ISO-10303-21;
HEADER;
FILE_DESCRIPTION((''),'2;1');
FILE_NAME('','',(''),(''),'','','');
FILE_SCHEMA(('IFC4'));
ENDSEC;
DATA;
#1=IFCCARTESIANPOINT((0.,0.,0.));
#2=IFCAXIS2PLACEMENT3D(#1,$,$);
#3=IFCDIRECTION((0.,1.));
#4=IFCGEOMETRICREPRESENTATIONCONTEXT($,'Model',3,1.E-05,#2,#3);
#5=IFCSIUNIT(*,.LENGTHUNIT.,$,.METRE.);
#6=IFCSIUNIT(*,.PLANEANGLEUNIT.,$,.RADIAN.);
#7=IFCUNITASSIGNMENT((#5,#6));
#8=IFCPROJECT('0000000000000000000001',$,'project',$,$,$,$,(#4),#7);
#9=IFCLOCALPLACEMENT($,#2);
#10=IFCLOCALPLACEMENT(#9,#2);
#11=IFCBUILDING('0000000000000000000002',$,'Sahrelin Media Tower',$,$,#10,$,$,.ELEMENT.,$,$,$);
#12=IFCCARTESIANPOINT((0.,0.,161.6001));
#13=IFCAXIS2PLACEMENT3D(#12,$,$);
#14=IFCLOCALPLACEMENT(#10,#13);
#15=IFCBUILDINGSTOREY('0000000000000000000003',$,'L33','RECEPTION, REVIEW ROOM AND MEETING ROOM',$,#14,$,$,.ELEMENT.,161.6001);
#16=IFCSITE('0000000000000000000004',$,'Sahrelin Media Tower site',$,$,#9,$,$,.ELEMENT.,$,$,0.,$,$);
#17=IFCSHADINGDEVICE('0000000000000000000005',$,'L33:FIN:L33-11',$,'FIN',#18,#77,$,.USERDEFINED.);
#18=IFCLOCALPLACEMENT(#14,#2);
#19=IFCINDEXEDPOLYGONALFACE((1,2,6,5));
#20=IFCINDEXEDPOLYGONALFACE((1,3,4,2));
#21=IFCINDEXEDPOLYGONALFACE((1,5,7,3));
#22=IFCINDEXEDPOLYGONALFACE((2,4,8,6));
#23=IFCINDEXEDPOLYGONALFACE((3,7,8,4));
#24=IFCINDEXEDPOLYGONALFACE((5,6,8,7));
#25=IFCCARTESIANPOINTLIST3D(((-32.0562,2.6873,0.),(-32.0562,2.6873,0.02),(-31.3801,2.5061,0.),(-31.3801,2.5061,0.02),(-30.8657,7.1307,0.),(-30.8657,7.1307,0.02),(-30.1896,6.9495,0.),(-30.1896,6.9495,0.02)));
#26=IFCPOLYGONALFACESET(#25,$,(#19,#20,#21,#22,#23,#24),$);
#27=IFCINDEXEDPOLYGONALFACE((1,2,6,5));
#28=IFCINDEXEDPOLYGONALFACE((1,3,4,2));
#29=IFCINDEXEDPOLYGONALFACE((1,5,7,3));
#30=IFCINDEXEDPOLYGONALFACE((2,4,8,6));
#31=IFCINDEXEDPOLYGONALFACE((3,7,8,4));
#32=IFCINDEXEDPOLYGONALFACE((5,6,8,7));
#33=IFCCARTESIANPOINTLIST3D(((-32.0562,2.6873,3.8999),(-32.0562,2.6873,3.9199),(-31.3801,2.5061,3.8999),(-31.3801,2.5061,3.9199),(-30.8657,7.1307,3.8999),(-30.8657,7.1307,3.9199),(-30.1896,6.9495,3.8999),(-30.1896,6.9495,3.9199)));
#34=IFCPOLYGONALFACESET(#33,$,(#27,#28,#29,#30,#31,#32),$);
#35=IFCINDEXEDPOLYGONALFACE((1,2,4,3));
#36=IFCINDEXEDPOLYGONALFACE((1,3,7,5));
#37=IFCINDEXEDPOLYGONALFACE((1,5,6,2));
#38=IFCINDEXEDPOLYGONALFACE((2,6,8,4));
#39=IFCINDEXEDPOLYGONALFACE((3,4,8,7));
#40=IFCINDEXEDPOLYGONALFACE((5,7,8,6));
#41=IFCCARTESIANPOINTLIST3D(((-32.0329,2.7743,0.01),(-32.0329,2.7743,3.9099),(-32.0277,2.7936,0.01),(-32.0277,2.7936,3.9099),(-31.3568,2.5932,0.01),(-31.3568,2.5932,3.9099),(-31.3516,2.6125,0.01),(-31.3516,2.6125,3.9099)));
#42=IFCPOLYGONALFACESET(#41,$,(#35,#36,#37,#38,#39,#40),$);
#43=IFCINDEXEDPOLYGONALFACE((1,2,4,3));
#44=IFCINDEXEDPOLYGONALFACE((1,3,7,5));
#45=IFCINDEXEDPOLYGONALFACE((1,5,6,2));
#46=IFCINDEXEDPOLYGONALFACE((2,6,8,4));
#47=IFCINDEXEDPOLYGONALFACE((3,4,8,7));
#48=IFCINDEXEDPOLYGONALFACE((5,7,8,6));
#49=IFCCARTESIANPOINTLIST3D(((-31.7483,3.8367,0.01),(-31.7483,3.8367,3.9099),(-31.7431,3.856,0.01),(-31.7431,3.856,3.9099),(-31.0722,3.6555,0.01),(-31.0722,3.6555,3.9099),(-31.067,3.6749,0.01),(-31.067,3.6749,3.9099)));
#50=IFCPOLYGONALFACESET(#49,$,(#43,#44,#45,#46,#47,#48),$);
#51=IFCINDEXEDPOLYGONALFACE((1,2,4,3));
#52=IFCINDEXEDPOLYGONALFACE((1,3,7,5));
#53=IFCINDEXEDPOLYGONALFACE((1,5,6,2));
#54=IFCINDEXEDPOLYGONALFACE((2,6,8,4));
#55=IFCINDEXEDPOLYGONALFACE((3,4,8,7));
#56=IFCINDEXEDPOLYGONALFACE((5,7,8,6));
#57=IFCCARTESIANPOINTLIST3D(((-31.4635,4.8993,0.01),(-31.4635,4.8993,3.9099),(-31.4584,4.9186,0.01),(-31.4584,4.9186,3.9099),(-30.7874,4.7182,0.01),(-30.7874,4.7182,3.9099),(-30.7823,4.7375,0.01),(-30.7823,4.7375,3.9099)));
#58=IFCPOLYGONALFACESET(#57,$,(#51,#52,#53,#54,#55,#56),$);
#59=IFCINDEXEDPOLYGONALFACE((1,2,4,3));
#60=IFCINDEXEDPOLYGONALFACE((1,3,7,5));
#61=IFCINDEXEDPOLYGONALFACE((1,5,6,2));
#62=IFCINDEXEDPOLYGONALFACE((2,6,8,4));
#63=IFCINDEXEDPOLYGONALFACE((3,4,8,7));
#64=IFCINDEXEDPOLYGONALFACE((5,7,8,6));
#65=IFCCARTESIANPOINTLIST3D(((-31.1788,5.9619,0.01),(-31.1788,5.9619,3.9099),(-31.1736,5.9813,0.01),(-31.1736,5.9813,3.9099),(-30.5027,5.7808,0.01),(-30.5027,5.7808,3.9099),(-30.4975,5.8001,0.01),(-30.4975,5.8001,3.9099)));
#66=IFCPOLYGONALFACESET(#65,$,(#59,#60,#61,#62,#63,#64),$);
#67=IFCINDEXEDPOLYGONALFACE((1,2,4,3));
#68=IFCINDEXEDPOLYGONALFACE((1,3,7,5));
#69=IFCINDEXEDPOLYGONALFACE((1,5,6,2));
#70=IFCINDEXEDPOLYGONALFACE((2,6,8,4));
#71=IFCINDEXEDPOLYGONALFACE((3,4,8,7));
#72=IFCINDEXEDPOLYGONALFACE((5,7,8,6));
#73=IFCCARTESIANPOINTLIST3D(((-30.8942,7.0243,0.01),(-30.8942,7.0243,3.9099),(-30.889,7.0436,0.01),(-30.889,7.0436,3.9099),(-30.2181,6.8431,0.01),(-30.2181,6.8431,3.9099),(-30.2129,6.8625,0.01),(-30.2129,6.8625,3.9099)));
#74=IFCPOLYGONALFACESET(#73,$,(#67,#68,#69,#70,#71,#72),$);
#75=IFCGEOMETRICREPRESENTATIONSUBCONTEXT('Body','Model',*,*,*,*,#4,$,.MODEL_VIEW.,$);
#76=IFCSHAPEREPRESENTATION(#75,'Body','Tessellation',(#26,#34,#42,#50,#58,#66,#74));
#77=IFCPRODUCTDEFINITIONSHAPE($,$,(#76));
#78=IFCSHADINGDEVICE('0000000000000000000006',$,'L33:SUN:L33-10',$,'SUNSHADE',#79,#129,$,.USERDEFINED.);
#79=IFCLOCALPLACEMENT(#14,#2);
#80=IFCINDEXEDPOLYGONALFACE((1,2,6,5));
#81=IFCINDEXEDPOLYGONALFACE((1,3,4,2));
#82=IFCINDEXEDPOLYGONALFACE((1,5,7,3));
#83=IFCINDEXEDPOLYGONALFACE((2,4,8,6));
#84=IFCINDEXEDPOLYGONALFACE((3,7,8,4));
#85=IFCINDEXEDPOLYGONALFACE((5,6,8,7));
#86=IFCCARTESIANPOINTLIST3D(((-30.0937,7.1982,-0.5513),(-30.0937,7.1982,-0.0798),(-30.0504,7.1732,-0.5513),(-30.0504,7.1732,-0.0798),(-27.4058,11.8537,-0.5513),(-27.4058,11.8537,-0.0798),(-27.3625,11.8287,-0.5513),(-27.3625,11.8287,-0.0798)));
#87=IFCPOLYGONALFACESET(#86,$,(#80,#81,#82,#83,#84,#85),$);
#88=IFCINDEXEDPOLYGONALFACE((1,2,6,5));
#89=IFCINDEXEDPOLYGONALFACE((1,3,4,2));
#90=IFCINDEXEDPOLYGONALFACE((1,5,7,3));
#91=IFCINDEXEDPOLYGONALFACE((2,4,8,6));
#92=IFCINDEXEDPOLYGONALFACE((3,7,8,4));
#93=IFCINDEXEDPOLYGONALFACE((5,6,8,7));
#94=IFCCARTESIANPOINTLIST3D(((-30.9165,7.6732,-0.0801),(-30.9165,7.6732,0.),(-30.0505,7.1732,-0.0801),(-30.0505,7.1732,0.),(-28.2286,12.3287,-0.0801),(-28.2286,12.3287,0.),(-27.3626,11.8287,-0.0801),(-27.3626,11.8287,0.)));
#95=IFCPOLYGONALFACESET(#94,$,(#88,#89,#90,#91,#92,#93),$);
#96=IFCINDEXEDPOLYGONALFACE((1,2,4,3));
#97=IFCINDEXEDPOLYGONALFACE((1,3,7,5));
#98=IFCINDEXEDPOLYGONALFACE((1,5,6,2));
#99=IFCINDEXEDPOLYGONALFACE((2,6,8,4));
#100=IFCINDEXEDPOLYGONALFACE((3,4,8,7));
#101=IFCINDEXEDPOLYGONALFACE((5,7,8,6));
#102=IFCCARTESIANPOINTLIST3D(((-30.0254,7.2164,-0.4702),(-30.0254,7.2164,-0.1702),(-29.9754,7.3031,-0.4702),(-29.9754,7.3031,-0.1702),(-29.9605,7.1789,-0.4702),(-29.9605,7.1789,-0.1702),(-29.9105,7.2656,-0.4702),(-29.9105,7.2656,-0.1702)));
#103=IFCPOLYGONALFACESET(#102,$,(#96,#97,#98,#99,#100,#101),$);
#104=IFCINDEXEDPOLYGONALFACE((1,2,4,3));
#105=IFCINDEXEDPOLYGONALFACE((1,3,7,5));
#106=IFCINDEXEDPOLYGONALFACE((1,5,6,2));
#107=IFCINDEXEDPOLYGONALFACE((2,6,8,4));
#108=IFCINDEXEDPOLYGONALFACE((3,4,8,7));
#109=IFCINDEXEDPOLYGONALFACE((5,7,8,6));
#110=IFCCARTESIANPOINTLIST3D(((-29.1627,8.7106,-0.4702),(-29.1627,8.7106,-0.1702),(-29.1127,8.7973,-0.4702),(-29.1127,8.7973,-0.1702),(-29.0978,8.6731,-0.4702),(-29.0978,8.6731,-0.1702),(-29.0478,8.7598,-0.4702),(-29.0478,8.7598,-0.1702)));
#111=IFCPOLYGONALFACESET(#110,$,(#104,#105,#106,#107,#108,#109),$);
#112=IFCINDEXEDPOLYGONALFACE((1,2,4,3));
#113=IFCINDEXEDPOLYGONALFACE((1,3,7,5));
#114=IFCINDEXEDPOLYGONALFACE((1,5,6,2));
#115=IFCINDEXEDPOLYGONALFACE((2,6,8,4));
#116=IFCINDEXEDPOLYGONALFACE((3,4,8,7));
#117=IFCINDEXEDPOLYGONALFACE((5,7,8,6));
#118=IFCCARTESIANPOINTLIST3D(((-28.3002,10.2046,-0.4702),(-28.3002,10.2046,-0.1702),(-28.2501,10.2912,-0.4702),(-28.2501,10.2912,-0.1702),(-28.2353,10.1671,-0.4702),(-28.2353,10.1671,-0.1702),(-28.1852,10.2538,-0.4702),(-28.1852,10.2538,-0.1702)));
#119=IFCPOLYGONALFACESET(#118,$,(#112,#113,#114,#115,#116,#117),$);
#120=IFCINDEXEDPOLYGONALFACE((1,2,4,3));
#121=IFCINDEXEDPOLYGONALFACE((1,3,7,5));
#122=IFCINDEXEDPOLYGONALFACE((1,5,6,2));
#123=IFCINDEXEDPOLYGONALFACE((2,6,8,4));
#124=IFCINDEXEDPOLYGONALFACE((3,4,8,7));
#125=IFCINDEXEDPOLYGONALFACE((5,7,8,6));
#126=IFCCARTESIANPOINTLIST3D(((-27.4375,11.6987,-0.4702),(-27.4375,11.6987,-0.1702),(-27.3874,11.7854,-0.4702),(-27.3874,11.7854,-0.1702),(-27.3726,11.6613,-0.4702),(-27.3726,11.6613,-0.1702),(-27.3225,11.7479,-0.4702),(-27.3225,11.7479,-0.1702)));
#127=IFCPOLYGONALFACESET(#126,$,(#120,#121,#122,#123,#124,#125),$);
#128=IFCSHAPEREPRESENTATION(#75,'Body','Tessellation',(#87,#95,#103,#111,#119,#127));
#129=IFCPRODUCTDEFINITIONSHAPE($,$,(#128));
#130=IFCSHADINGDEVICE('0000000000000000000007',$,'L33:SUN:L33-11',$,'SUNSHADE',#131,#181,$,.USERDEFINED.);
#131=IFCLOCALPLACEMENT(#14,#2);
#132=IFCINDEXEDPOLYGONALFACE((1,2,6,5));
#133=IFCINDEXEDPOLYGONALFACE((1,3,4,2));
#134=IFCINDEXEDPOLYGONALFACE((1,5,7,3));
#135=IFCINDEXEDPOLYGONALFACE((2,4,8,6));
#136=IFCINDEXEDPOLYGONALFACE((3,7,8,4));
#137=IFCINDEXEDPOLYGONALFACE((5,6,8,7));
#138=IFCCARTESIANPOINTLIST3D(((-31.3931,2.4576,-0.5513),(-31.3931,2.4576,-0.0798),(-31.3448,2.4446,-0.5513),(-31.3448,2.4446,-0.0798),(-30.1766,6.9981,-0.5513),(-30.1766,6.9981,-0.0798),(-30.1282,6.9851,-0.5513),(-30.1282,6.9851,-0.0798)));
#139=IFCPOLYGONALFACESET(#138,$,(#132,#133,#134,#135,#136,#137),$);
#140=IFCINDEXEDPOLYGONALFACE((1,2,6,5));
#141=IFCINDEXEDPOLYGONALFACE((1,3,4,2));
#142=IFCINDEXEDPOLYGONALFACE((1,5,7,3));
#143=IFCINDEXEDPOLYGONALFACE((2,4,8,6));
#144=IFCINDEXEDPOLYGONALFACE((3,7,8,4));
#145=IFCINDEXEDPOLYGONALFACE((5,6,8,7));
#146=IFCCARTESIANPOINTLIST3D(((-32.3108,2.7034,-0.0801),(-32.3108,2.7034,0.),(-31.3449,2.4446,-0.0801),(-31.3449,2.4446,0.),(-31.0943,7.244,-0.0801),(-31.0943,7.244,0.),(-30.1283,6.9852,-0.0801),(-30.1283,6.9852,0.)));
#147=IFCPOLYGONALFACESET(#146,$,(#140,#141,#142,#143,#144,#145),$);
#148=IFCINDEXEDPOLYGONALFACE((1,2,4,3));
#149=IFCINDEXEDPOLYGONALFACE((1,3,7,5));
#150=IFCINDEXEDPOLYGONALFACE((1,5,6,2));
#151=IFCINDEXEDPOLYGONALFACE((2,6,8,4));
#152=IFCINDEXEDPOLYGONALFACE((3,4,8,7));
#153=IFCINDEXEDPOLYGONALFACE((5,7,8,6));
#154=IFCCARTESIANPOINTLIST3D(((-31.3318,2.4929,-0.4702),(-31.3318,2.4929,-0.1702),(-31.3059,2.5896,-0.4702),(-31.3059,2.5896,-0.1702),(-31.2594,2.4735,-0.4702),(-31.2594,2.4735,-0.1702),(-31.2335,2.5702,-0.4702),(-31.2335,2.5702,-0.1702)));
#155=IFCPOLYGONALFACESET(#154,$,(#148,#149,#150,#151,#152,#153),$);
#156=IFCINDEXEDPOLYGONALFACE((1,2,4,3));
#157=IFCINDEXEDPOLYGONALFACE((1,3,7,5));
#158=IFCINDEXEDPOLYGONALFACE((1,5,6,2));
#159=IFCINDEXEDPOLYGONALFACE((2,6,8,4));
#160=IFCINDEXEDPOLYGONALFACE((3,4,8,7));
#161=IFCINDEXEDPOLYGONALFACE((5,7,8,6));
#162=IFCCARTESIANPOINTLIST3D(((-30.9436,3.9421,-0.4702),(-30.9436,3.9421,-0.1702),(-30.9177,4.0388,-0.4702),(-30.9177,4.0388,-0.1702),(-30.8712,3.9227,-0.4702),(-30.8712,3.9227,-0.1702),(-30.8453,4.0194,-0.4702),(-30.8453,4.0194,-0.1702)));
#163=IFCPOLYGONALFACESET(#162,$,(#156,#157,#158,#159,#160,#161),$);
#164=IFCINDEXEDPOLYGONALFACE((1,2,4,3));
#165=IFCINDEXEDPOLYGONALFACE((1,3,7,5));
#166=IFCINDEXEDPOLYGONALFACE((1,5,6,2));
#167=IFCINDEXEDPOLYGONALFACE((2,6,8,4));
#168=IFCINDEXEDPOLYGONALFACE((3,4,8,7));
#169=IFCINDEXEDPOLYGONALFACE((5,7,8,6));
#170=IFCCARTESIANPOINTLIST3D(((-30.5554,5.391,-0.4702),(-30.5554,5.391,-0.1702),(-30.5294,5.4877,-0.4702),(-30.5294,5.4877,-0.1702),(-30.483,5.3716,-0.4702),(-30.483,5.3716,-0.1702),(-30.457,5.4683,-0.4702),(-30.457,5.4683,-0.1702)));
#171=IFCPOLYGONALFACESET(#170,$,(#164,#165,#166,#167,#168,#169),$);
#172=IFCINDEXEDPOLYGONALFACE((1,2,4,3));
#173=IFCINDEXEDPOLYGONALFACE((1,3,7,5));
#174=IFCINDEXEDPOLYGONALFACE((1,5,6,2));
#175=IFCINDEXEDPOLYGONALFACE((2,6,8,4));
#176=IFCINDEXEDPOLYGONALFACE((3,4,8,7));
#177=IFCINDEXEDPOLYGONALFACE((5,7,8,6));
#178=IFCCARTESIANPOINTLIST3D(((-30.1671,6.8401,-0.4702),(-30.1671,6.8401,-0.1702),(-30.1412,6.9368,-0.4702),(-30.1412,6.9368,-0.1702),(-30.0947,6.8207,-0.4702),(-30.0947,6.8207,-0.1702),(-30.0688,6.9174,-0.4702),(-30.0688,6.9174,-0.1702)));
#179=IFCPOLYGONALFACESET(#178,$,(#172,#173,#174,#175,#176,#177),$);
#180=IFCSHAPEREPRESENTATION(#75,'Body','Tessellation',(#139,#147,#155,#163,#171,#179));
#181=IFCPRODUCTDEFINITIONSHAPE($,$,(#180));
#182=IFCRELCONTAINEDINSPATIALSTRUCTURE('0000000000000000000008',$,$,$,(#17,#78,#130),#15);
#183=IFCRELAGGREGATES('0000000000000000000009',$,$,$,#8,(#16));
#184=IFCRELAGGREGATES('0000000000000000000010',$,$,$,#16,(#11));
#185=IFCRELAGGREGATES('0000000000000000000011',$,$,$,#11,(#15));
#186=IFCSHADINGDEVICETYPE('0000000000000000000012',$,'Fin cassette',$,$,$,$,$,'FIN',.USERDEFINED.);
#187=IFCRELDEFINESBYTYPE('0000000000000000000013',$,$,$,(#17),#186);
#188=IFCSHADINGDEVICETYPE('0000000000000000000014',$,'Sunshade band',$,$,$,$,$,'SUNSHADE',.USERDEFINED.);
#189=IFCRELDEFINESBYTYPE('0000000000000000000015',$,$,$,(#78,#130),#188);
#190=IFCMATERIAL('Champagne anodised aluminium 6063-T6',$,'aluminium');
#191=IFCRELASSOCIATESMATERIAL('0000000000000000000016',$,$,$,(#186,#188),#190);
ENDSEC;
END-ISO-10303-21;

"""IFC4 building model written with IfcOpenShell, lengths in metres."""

from ifc_helpers import new_model, si_unit, direction, frame, origin, origin_2d, place, context, subcontext, project, spatial, rectangle, extrude, material, type_object, element, save


model = new_model("IFC4")

# Units and contexts
model_context = context("Model", 3, precision=1e-05, world=origin(), true_north=direction((0.0, 1.0)))
body_context = subcontext(model_context, "Body", "Model", "MODEL_VIEW")
ifc_project = project(units=[si_unit("LENGTHUNIT", "METRE"), si_unit("PLANEANGLEUNIT", "RADIAN")], contexts=[model_context])

# Site, building, storey
site_placement = place(None, origin())
site = spatial("IfcSite", under=ifc_project, at=site_placement, Name="Sahrelin Media Tower site", CompositionType="ELEMENT", RefElevation=0.0)
building_placement = place(site_placement, origin())
building = spatial("IfcBuilding", under=site, at=building_placement, Name="Sahrelin Media Tower", CompositionType="ELEMENT")
storey_placement = place(building_placement, frame((0.0, 0.0, 161.6001)))
storey = spatial("IfcBuildingStorey", under=building, at=storey_placement, Name="L33", Description="RECEPTION, REVIEW ROOM AND MEETING ROOM", CompositionType="ELEMENT", Elevation=161.6001)

# Shared definitions
ifc_material_1 = material(Name="Champagne anodised aluminium 6063-T6", Category="aluminium")

# Shading devices
shading_device_type_1 = type_object("IfcShadingDeviceType", Name="Fin cassette", ElementType="FIN", PredefinedType="USERDEFINED", material=ifc_material_1)
placement_1 = place(storey_placement, frame((-28.6892, 9.491, 0.0), z_axis=(0.0, 0.0, 1.0), x_axis=(0.500011, 0.866019, 0.0)))
placement_2 = place(storey_placement, frame((-30.7173, 4.7097, 0.0), z_axis=(0.0, 0.0, 1.0), x_axis=(0.258808, 0.965929, 0.0)))
element("IfcShadingDevice", 1, at=placement_2, inside=storey, type_object=shading_device_type_1, Name="L33:FIN:L33-11", ObjectType="FIN", PredefinedType="USERDEFINED", context=body_context, shape_type="SweptSolid", body=[
    extrude(rectangle(XDim=4.6001, YDim=0.7, at=origin_2d()), frame((0.0, 0.4199, 0.0)), (0.0, 0.0, 1.0), 0.02),
    extrude(rectangle(XDim=4.6001, YDim=0.7, at=origin_2d()), frame((0.0, 0.4199, 3.8999)), (0.0, 0.0, 1.0), 0.02),
    extrude(rectangle(XDim=0.02, YDim=0.7, at=origin_2d()), frame((-2.2, 0.4199, 0.01), z_axis=(0.0, 0.0, 1.0), x_axis=(1.0, 0.0, 0.0)), (0.0, 0.0, 1.0), 3.8999),
    extrude(rectangle(XDim=0.02, YDim=0.7, at=origin_2d()), frame((-1.1001, 0.4199, 0.01), z_axis=(0.0, 0.0, 1.0), x_axis=(1.0, 0.0, 0.0)), (0.0, 0.0, 1.0), 3.8999),
    extrude(rectangle(XDim=0.02, YDim=0.7, at=origin_2d()), frame((0.0, 0.4199, 0.01), z_axis=(0.0, 0.0, 1.0), x_axis=(1.0, 0.0, 0.0)), (0.0, 0.0, 1.0), 3.8999),
    extrude(rectangle(XDim=0.02, YDim=0.7, at=origin_2d()), frame((1.1001, 0.4199, 0.01), z_axis=(0.0, 0.0, 1.0), x_axis=(1.0, 0.0, 0.0)), (0.0, 0.0, 1.0), 3.8999),
    extrude(rectangle(XDim=0.02, YDim=0.7, at=origin_2d()), frame((2.2, 0.4199, 0.01), z_axis=(0.0, 0.0, 1.0), x_axis=(1.0, 0.0, 0.0)), (0.0, 0.0, 1.0), 3.8999),
])
shading_device_type_2 = type_object("IfcShadingDeviceType", Name="Sunshade band", ElementType="SUNSHADE", PredefinedType="USERDEFINED", material=ifc_material_1)
element("IfcShadingDevice", 2, at=placement_1, inside=storey, type_object=shading_device_type_2, Name="L33:SUN:L33-10", ObjectType="SUNSHADE", PredefinedType="USERDEFINED", context=body_context, shape_type="SweptSolid", body=[
    extrude(rectangle(XDim=5.3757, YDim=0.05, at=origin_2d()), frame((0.0, 0.0449, -0.5513)), (0.0, 0.0, 1.0), 0.4714),
    extrude(rectangle(XDim=5.3757, YDim=1.0, at=origin_2d()), frame((0.0, 0.52, -0.0801)), (0.0, 0.0, 1.0), 0.0801),
    extrude(rectangle(XDim=0.1001, YDim=0.075, at=origin_2d()), frame((-2.5879, -0.0176, -0.4702)), (0.0, 0.0, 1.0), 0.3),
    extrude(rectangle(XDim=0.1001, YDim=0.075, at=origin_2d()), frame((-0.8625, -0.0176, -0.4702)), (0.0, 0.0, 1.0), 0.3),
    extrude(rectangle(XDim=0.1001, YDim=0.075, at=origin_2d()), frame((0.8625, -0.0176, -0.4702)), (0.0, 0.0, 1.0), 0.3),
    extrude(rectangle(XDim=0.1001, YDim=0.075, at=origin_2d()), frame((2.5879, -0.0176, -0.4702)), (0.0, 0.0, 1.0), 0.3),
])
element("IfcShadingDevice", 3, at=placement_2, inside=storey, type_object=shading_device_type_2, Name="L33:SUN:L33-11", ObjectType="SUNSHADE", PredefinedType="USERDEFINED", context=body_context, shape_type="SweptSolid", body=[
    extrude(rectangle(XDim=4.7007, YDim=0.05, at=origin_2d()), frame((0.0, 0.0449, -0.5513)), (0.0, 0.0, 1.0), 0.4714),
    extrude(rectangle(XDim=4.7007, YDim=1.0, at=origin_2d()), frame((0.0, 0.52, -0.0801)), (0.0, 0.0, 1.0), 0.0801),
    extrude(rectangle(XDim=0.1001, YDim=0.075, at=origin_2d()), frame((-2.2502, -0.0176, -0.4702)), (0.0, 0.0, 1.0), 0.3),
    extrude(rectangle(XDim=0.1001, YDim=0.075, at=origin_2d()), frame((-0.75, -0.0176, -0.4702)), (0.0, 0.0, 1.0), 0.3),
    extrude(rectangle(XDim=0.1001, YDim=0.075, at=origin_2d()), frame((0.75, -0.0176, -0.4702)), (0.0, 0.0, 1.0), 0.3),
    extrude(rectangle(XDim=0.1001, YDim=0.075, at=origin_2d()), frame((2.2502, -0.0176, -0.4702)), (0.0, 0.0, 1.0), 0.3),
])

save(model, "model.ifc")
